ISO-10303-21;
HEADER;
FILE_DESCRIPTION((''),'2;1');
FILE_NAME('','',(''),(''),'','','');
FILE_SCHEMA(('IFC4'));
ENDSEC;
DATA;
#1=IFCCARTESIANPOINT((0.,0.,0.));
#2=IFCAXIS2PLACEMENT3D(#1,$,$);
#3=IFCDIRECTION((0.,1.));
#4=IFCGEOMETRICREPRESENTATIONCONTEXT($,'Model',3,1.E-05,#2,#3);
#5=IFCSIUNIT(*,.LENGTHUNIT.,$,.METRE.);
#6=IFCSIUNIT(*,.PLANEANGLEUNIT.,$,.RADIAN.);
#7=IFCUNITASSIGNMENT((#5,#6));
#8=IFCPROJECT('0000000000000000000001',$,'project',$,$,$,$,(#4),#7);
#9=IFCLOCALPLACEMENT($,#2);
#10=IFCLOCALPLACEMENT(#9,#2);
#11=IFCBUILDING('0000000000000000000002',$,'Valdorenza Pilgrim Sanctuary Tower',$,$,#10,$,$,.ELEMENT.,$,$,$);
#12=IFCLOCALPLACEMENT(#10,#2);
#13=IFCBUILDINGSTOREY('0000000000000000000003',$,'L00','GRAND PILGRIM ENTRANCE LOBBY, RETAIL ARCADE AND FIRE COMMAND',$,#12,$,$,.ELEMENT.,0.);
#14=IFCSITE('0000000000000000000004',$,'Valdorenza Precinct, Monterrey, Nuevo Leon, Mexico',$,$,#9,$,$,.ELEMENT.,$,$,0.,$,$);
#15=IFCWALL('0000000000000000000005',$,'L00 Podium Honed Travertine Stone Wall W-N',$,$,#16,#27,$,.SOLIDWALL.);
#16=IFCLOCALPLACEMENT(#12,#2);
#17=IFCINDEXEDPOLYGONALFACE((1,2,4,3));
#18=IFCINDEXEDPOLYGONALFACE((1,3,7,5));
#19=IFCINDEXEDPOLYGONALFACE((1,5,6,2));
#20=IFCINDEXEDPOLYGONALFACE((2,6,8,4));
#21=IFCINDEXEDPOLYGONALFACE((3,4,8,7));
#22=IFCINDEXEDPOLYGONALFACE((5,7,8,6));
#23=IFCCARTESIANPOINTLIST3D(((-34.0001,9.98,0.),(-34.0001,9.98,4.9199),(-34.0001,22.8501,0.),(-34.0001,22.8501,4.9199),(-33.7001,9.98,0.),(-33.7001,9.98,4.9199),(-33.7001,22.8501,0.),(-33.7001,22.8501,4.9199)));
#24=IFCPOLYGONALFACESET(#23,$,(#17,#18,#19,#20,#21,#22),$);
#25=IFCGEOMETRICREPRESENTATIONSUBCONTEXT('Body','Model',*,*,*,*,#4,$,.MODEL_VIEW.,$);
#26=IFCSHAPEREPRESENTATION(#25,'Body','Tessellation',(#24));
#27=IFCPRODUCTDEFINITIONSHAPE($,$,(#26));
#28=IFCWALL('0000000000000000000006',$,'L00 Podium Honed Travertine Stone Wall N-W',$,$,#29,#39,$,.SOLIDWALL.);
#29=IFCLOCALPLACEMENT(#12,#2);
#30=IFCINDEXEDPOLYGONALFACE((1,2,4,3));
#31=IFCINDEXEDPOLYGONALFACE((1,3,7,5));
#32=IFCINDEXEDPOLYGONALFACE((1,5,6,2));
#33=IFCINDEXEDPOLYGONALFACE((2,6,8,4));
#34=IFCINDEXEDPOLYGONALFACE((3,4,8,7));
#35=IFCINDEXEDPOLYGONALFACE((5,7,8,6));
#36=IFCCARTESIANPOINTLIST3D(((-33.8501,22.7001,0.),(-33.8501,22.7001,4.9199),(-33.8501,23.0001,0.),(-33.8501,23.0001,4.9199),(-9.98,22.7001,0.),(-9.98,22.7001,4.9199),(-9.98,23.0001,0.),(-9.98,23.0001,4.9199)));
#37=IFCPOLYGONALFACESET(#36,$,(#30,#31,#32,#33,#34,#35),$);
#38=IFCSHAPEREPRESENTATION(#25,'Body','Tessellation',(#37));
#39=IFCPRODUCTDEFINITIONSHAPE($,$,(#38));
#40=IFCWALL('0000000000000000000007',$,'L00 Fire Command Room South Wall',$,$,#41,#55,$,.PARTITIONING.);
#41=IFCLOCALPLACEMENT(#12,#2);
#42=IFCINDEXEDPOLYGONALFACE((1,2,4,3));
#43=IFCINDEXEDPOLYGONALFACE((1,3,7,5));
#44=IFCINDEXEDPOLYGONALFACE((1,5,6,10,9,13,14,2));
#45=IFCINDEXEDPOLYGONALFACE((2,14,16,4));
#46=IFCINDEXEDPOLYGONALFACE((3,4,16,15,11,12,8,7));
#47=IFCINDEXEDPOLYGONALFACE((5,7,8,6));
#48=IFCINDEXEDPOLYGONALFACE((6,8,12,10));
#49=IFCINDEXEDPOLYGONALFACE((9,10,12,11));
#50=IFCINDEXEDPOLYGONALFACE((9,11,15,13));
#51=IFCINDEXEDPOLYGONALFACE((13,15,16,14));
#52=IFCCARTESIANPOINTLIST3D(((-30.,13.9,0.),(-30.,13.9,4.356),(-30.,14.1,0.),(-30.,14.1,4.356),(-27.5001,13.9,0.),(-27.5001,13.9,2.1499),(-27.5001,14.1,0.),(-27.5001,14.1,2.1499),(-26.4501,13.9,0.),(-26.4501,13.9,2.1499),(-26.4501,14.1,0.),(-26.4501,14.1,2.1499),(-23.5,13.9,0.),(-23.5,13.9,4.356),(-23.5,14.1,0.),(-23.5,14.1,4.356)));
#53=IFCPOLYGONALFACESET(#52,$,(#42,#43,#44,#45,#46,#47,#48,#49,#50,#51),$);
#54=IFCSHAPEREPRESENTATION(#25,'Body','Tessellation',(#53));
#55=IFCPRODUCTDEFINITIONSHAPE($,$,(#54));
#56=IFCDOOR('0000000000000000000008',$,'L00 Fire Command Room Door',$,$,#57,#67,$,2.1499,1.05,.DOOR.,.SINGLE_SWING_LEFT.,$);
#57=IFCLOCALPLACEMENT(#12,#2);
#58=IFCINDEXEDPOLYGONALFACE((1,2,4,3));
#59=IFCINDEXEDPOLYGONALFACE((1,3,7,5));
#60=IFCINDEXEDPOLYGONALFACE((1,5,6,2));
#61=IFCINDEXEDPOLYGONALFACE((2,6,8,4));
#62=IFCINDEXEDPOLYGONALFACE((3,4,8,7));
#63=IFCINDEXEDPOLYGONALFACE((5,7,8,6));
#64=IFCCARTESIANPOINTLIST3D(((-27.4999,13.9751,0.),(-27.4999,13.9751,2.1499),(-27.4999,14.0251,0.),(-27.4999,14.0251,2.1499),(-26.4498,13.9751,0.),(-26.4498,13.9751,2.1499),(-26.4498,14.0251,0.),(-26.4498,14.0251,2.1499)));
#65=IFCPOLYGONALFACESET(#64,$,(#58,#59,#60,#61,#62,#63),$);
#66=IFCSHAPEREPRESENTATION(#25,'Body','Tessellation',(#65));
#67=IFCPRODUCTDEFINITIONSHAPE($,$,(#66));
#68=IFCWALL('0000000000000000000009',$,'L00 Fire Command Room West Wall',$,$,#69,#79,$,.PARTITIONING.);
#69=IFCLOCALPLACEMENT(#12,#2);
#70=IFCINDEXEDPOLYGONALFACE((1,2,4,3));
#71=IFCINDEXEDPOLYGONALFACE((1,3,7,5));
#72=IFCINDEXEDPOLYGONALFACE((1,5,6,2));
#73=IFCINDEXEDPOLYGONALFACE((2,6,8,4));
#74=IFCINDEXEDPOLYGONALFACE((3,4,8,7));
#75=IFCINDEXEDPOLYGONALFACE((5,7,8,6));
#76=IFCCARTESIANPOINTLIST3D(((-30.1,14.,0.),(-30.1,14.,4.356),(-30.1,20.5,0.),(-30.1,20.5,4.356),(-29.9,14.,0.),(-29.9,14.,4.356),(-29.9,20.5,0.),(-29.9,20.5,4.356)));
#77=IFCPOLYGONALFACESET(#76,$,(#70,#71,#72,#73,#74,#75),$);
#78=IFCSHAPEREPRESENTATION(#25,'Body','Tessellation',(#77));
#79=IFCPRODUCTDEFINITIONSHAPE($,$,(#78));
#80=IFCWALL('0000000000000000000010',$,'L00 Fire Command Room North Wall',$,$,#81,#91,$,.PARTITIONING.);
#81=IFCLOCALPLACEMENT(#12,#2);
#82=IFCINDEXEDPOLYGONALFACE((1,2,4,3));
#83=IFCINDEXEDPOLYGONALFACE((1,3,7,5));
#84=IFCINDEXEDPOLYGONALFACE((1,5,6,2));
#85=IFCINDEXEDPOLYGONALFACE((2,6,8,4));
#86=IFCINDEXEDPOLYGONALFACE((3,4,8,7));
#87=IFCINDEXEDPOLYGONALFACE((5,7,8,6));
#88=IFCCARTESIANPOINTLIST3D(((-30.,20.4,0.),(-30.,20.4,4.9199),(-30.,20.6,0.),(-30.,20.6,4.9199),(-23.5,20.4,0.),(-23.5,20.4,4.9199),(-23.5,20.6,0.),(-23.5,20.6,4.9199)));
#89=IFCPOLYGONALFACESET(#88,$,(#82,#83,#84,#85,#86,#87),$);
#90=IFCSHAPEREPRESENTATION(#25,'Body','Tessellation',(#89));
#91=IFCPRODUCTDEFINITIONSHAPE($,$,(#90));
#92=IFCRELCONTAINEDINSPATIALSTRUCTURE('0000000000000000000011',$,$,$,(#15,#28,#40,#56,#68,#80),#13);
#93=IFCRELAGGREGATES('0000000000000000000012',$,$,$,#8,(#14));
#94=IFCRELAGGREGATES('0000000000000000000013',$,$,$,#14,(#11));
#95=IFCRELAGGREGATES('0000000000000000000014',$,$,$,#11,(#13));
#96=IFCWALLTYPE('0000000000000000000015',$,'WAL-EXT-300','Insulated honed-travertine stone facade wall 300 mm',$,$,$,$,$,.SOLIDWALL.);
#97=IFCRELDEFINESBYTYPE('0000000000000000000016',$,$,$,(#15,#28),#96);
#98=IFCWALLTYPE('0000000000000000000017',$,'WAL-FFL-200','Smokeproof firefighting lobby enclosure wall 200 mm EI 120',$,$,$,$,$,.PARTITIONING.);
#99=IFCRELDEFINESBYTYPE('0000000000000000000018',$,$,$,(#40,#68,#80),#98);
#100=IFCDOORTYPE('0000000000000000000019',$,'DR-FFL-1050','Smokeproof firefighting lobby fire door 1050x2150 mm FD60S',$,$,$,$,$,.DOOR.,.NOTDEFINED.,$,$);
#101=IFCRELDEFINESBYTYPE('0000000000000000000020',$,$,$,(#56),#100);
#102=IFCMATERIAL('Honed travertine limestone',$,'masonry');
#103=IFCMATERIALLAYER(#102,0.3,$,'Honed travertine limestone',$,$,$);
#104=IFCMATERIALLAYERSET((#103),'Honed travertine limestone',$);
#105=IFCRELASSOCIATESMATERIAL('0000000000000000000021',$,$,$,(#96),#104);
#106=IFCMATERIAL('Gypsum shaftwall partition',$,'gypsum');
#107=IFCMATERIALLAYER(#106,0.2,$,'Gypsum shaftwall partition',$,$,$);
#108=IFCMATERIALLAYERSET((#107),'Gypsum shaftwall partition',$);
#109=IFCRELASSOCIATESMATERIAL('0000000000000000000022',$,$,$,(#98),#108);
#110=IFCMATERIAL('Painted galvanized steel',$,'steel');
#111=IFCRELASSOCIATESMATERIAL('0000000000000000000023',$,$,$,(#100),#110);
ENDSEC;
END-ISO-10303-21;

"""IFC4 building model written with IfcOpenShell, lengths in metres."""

from ifc_helpers import new_model, si_unit, direction, frame, frame_2d, origin, place, context, subcontext, project, spatial, rectangle, extrude, material, layer, layer_set, type_object, element, fill, save


model = new_model("IFC4")

# Units and contexts
model_context = context("Model", 3, precision=1e-05, world=origin(), true_north=direction((0.0, 1.0)))
body_context = subcontext(model_context, "Body", "Model", "MODEL_VIEW")
ifc_project = project(units=[si_unit("LENGTHUNIT", "METRE"), si_unit("PLANEANGLEUNIT", "RADIAN")], contexts=[model_context])

# Site, building, storey
site_placement = place(None, origin())
site = spatial("IfcSite", under=ifc_project, at=site_placement, Name="Valdorenza Precinct, Monterrey, Nuevo Leon, Mexico", CompositionType="ELEMENT", RefElevation=0.0)
building_placement = place(site_placement, origin())
building = spatial("IfcBuilding", under=site, at=building_placement, Name="Valdorenza Pilgrim Sanctuary Tower", CompositionType="ELEMENT")
storey_placement = place(building_placement, origin())
storey = spatial("IfcBuildingStorey", under=building, at=storey_placement, Name="L00", Description="GRAND PILGRIM ENTRANCE LOBBY, RETAIL ARCADE AND FIRE COMMAND", CompositionType="ELEMENT", Elevation=0.0)

# Shared definitions
ifc_material_1 = material(Name="Honed travertine limestone", Category="masonry")

# Walls
ifc_layer_1 = layer(ifc_material_1, 0.3, Name="Honed travertine limestone")
ifc_layer_set_1 = layer_set([ifc_layer_1], Name="Honed travertine limestone")
wall_type_1 = type_object("IfcWallType", Name="WAL-EXT-300", Description="Insulated honed-travertine stone facade wall 300 mm", PredefinedType="SOLIDWALL", material=ifc_layer_set_1)
wall_1_placement = place(storey_placement, frame((-33.8501, 9.98, 0.0), z_axis=(0.0, 0.0, 1.0), x_axis=(0.0, 1.0, 0.0)))
element("IfcWall", 1, at=wall_1_placement, inside=storey, type_object=wall_type_1, Name="L00 Podium Honed Travertine Stone Wall W-N", PredefinedType="SOLIDWALL", context=body_context, shape_type="SweptSolid", body=[
    extrude(rectangle(XDim=12.8701, YDim=0.3, at=frame_2d((6.4351, 0.0))), origin(), (0.0, 0.0, 1.0), 4.9199),
])
wall_2_placement = place(storey_placement, frame((-33.8501, 22.8501, 0.0), z_axis=(0.0, 0.0, 1.0), x_axis=(1.0, 0.0, 0.0)))
element("IfcWall", 2, at=wall_2_placement, inside=storey, type_object=wall_type_1, Name="L00 Podium Honed Travertine Stone Wall N-W", PredefinedType="SOLIDWALL", context=body_context, shape_type="SweptSolid", body=[
    extrude(rectangle(XDim=23.8701, YDim=0.3, at=frame_2d((11.9351, 0.0))), origin(), (0.0, 0.0, 1.0), 4.9199),
])

# Wall, opening, door
ifc_material_2 = material(Name="Gypsum shaftwall partition", Category="gypsum")
ifc_layer_2 = layer(ifc_material_2, 0.2, Name="Gypsum shaftwall partition")
ifc_layer_set_2 = layer_set([ifc_layer_2], Name="Gypsum shaftwall partition")
wall_type_2 = type_object("IfcWallType", Name="WAL-FFL-200", Description="Smokeproof firefighting lobby enclosure wall 200 mm EI 120", PredefinedType="PARTITIONING", material=ifc_layer_set_2)
wall_3_placement = place(storey_placement, frame((-30.0, 14.0, 0.0), z_axis=(0.0, 0.0, 1.0), x_axis=(1.0, 0.0, 0.0)))
wall_3 = element("IfcWall", 3, at=wall_3_placement, inside=storey, type_object=wall_type_2, Name="L00 Fire Command Room South Wall", PredefinedType="PARTITIONING", context=body_context, shape_type="SweptSolid", body=[
    extrude(rectangle(XDim=6.5, YDim=0.2, at=frame_2d((3.25, 0.0))), origin(), (0.0, 0.0, 1.0), 4.356),
])
opening_placement = place(wall_3_placement, frame((2.5, 0.0, 0.0)))
opening = element("IfcOpeningElement", 4, at=opening_placement, cuts=wall_3, PredefinedType="OPENING", context=body_context, shape_type="SweptSolid", body=[
    extrude(rectangle(XDim=1.05, YDim=2.1499, at=frame_2d((0.5249, 1.075))), frame((0.0, 0.1147, 0.0), z_axis=(0.0, -1.0, 0.0), x_axis=(1.0, 0.0, 0.0)), (0.0, 0.0, 1.0), 0.2297),
])
ifc_material_3 = material(Name="Painted galvanized steel", Category="steel")
door_type = type_object("IfcDoorType", Name="DR-FFL-1050", Description="Smokeproof firefighting lobby fire door 1050x2150 mm FD60S", OperationType="NOTDEFINED", PredefinedType="DOOR", material=ifc_material_3)
door_placement = place(opening_placement, frame((1.05, 0.0, 0.0), z_axis=(0.0, 0.0, 1.0), x_axis=(-1.0, 0.0, 0.0)))
door = element("IfcDoor", 5, at=door_placement, inside=storey, type_object=door_type, Name="L00 Fire Command Room Door", OperationType="SINGLE_SWING_LEFT", OverallHeight=2.1499, OverallWidth=1.05, PredefinedType="DOOR", context=body_context, shape_type="SweptSolid", body=[
    extrude(rectangle(XDim=1.05, YDim=2.1499, at=frame_2d((0.5249, 1.075))), frame((0.0, 0.0249, 0.0), z_axis=(0.0, -1.0, 0.0), x_axis=(1.0, 0.0, 0.0)), (0.0, 0.0, 1.0), 0.05),
])
fill(opening, door)

# Walls
wall_4_placement = place(storey_placement, frame((-30.0, 14.0, 0.0), z_axis=(0.0, 0.0, 1.0), x_axis=(0.0, 1.0, 0.0)))
element("IfcWall", 6, at=wall_4_placement, inside=storey, type_object=wall_type_2, Name="L00 Fire Command Room West Wall", PredefinedType="PARTITIONING", context=body_context, shape_type="SweptSolid", body=[
    extrude(rectangle(XDim=6.5, YDim=0.2, at=frame_2d((3.25, 0.0))), origin(), (0.0, 0.0, 1.0), 4.356),
])
wall_5_placement = place(storey_placement, frame((-30.0, 20.5, 0.0), z_axis=(0.0, 0.0, 1.0), x_axis=(1.0, 0.0, 0.0)))
element("IfcWall", 7, at=wall_5_placement, inside=storey, type_object=wall_type_2, Name="L00 Fire Command Room North Wall", PredefinedType="PARTITIONING", context=body_context, shape_type="SweptSolid", body=[
    extrude(rectangle(XDim=6.5, YDim=0.2, at=frame_2d((3.25, 0.0))), origin(), (0.0, 0.0, 1.0), 4.9199),
])

save(model, "model.ifc")
